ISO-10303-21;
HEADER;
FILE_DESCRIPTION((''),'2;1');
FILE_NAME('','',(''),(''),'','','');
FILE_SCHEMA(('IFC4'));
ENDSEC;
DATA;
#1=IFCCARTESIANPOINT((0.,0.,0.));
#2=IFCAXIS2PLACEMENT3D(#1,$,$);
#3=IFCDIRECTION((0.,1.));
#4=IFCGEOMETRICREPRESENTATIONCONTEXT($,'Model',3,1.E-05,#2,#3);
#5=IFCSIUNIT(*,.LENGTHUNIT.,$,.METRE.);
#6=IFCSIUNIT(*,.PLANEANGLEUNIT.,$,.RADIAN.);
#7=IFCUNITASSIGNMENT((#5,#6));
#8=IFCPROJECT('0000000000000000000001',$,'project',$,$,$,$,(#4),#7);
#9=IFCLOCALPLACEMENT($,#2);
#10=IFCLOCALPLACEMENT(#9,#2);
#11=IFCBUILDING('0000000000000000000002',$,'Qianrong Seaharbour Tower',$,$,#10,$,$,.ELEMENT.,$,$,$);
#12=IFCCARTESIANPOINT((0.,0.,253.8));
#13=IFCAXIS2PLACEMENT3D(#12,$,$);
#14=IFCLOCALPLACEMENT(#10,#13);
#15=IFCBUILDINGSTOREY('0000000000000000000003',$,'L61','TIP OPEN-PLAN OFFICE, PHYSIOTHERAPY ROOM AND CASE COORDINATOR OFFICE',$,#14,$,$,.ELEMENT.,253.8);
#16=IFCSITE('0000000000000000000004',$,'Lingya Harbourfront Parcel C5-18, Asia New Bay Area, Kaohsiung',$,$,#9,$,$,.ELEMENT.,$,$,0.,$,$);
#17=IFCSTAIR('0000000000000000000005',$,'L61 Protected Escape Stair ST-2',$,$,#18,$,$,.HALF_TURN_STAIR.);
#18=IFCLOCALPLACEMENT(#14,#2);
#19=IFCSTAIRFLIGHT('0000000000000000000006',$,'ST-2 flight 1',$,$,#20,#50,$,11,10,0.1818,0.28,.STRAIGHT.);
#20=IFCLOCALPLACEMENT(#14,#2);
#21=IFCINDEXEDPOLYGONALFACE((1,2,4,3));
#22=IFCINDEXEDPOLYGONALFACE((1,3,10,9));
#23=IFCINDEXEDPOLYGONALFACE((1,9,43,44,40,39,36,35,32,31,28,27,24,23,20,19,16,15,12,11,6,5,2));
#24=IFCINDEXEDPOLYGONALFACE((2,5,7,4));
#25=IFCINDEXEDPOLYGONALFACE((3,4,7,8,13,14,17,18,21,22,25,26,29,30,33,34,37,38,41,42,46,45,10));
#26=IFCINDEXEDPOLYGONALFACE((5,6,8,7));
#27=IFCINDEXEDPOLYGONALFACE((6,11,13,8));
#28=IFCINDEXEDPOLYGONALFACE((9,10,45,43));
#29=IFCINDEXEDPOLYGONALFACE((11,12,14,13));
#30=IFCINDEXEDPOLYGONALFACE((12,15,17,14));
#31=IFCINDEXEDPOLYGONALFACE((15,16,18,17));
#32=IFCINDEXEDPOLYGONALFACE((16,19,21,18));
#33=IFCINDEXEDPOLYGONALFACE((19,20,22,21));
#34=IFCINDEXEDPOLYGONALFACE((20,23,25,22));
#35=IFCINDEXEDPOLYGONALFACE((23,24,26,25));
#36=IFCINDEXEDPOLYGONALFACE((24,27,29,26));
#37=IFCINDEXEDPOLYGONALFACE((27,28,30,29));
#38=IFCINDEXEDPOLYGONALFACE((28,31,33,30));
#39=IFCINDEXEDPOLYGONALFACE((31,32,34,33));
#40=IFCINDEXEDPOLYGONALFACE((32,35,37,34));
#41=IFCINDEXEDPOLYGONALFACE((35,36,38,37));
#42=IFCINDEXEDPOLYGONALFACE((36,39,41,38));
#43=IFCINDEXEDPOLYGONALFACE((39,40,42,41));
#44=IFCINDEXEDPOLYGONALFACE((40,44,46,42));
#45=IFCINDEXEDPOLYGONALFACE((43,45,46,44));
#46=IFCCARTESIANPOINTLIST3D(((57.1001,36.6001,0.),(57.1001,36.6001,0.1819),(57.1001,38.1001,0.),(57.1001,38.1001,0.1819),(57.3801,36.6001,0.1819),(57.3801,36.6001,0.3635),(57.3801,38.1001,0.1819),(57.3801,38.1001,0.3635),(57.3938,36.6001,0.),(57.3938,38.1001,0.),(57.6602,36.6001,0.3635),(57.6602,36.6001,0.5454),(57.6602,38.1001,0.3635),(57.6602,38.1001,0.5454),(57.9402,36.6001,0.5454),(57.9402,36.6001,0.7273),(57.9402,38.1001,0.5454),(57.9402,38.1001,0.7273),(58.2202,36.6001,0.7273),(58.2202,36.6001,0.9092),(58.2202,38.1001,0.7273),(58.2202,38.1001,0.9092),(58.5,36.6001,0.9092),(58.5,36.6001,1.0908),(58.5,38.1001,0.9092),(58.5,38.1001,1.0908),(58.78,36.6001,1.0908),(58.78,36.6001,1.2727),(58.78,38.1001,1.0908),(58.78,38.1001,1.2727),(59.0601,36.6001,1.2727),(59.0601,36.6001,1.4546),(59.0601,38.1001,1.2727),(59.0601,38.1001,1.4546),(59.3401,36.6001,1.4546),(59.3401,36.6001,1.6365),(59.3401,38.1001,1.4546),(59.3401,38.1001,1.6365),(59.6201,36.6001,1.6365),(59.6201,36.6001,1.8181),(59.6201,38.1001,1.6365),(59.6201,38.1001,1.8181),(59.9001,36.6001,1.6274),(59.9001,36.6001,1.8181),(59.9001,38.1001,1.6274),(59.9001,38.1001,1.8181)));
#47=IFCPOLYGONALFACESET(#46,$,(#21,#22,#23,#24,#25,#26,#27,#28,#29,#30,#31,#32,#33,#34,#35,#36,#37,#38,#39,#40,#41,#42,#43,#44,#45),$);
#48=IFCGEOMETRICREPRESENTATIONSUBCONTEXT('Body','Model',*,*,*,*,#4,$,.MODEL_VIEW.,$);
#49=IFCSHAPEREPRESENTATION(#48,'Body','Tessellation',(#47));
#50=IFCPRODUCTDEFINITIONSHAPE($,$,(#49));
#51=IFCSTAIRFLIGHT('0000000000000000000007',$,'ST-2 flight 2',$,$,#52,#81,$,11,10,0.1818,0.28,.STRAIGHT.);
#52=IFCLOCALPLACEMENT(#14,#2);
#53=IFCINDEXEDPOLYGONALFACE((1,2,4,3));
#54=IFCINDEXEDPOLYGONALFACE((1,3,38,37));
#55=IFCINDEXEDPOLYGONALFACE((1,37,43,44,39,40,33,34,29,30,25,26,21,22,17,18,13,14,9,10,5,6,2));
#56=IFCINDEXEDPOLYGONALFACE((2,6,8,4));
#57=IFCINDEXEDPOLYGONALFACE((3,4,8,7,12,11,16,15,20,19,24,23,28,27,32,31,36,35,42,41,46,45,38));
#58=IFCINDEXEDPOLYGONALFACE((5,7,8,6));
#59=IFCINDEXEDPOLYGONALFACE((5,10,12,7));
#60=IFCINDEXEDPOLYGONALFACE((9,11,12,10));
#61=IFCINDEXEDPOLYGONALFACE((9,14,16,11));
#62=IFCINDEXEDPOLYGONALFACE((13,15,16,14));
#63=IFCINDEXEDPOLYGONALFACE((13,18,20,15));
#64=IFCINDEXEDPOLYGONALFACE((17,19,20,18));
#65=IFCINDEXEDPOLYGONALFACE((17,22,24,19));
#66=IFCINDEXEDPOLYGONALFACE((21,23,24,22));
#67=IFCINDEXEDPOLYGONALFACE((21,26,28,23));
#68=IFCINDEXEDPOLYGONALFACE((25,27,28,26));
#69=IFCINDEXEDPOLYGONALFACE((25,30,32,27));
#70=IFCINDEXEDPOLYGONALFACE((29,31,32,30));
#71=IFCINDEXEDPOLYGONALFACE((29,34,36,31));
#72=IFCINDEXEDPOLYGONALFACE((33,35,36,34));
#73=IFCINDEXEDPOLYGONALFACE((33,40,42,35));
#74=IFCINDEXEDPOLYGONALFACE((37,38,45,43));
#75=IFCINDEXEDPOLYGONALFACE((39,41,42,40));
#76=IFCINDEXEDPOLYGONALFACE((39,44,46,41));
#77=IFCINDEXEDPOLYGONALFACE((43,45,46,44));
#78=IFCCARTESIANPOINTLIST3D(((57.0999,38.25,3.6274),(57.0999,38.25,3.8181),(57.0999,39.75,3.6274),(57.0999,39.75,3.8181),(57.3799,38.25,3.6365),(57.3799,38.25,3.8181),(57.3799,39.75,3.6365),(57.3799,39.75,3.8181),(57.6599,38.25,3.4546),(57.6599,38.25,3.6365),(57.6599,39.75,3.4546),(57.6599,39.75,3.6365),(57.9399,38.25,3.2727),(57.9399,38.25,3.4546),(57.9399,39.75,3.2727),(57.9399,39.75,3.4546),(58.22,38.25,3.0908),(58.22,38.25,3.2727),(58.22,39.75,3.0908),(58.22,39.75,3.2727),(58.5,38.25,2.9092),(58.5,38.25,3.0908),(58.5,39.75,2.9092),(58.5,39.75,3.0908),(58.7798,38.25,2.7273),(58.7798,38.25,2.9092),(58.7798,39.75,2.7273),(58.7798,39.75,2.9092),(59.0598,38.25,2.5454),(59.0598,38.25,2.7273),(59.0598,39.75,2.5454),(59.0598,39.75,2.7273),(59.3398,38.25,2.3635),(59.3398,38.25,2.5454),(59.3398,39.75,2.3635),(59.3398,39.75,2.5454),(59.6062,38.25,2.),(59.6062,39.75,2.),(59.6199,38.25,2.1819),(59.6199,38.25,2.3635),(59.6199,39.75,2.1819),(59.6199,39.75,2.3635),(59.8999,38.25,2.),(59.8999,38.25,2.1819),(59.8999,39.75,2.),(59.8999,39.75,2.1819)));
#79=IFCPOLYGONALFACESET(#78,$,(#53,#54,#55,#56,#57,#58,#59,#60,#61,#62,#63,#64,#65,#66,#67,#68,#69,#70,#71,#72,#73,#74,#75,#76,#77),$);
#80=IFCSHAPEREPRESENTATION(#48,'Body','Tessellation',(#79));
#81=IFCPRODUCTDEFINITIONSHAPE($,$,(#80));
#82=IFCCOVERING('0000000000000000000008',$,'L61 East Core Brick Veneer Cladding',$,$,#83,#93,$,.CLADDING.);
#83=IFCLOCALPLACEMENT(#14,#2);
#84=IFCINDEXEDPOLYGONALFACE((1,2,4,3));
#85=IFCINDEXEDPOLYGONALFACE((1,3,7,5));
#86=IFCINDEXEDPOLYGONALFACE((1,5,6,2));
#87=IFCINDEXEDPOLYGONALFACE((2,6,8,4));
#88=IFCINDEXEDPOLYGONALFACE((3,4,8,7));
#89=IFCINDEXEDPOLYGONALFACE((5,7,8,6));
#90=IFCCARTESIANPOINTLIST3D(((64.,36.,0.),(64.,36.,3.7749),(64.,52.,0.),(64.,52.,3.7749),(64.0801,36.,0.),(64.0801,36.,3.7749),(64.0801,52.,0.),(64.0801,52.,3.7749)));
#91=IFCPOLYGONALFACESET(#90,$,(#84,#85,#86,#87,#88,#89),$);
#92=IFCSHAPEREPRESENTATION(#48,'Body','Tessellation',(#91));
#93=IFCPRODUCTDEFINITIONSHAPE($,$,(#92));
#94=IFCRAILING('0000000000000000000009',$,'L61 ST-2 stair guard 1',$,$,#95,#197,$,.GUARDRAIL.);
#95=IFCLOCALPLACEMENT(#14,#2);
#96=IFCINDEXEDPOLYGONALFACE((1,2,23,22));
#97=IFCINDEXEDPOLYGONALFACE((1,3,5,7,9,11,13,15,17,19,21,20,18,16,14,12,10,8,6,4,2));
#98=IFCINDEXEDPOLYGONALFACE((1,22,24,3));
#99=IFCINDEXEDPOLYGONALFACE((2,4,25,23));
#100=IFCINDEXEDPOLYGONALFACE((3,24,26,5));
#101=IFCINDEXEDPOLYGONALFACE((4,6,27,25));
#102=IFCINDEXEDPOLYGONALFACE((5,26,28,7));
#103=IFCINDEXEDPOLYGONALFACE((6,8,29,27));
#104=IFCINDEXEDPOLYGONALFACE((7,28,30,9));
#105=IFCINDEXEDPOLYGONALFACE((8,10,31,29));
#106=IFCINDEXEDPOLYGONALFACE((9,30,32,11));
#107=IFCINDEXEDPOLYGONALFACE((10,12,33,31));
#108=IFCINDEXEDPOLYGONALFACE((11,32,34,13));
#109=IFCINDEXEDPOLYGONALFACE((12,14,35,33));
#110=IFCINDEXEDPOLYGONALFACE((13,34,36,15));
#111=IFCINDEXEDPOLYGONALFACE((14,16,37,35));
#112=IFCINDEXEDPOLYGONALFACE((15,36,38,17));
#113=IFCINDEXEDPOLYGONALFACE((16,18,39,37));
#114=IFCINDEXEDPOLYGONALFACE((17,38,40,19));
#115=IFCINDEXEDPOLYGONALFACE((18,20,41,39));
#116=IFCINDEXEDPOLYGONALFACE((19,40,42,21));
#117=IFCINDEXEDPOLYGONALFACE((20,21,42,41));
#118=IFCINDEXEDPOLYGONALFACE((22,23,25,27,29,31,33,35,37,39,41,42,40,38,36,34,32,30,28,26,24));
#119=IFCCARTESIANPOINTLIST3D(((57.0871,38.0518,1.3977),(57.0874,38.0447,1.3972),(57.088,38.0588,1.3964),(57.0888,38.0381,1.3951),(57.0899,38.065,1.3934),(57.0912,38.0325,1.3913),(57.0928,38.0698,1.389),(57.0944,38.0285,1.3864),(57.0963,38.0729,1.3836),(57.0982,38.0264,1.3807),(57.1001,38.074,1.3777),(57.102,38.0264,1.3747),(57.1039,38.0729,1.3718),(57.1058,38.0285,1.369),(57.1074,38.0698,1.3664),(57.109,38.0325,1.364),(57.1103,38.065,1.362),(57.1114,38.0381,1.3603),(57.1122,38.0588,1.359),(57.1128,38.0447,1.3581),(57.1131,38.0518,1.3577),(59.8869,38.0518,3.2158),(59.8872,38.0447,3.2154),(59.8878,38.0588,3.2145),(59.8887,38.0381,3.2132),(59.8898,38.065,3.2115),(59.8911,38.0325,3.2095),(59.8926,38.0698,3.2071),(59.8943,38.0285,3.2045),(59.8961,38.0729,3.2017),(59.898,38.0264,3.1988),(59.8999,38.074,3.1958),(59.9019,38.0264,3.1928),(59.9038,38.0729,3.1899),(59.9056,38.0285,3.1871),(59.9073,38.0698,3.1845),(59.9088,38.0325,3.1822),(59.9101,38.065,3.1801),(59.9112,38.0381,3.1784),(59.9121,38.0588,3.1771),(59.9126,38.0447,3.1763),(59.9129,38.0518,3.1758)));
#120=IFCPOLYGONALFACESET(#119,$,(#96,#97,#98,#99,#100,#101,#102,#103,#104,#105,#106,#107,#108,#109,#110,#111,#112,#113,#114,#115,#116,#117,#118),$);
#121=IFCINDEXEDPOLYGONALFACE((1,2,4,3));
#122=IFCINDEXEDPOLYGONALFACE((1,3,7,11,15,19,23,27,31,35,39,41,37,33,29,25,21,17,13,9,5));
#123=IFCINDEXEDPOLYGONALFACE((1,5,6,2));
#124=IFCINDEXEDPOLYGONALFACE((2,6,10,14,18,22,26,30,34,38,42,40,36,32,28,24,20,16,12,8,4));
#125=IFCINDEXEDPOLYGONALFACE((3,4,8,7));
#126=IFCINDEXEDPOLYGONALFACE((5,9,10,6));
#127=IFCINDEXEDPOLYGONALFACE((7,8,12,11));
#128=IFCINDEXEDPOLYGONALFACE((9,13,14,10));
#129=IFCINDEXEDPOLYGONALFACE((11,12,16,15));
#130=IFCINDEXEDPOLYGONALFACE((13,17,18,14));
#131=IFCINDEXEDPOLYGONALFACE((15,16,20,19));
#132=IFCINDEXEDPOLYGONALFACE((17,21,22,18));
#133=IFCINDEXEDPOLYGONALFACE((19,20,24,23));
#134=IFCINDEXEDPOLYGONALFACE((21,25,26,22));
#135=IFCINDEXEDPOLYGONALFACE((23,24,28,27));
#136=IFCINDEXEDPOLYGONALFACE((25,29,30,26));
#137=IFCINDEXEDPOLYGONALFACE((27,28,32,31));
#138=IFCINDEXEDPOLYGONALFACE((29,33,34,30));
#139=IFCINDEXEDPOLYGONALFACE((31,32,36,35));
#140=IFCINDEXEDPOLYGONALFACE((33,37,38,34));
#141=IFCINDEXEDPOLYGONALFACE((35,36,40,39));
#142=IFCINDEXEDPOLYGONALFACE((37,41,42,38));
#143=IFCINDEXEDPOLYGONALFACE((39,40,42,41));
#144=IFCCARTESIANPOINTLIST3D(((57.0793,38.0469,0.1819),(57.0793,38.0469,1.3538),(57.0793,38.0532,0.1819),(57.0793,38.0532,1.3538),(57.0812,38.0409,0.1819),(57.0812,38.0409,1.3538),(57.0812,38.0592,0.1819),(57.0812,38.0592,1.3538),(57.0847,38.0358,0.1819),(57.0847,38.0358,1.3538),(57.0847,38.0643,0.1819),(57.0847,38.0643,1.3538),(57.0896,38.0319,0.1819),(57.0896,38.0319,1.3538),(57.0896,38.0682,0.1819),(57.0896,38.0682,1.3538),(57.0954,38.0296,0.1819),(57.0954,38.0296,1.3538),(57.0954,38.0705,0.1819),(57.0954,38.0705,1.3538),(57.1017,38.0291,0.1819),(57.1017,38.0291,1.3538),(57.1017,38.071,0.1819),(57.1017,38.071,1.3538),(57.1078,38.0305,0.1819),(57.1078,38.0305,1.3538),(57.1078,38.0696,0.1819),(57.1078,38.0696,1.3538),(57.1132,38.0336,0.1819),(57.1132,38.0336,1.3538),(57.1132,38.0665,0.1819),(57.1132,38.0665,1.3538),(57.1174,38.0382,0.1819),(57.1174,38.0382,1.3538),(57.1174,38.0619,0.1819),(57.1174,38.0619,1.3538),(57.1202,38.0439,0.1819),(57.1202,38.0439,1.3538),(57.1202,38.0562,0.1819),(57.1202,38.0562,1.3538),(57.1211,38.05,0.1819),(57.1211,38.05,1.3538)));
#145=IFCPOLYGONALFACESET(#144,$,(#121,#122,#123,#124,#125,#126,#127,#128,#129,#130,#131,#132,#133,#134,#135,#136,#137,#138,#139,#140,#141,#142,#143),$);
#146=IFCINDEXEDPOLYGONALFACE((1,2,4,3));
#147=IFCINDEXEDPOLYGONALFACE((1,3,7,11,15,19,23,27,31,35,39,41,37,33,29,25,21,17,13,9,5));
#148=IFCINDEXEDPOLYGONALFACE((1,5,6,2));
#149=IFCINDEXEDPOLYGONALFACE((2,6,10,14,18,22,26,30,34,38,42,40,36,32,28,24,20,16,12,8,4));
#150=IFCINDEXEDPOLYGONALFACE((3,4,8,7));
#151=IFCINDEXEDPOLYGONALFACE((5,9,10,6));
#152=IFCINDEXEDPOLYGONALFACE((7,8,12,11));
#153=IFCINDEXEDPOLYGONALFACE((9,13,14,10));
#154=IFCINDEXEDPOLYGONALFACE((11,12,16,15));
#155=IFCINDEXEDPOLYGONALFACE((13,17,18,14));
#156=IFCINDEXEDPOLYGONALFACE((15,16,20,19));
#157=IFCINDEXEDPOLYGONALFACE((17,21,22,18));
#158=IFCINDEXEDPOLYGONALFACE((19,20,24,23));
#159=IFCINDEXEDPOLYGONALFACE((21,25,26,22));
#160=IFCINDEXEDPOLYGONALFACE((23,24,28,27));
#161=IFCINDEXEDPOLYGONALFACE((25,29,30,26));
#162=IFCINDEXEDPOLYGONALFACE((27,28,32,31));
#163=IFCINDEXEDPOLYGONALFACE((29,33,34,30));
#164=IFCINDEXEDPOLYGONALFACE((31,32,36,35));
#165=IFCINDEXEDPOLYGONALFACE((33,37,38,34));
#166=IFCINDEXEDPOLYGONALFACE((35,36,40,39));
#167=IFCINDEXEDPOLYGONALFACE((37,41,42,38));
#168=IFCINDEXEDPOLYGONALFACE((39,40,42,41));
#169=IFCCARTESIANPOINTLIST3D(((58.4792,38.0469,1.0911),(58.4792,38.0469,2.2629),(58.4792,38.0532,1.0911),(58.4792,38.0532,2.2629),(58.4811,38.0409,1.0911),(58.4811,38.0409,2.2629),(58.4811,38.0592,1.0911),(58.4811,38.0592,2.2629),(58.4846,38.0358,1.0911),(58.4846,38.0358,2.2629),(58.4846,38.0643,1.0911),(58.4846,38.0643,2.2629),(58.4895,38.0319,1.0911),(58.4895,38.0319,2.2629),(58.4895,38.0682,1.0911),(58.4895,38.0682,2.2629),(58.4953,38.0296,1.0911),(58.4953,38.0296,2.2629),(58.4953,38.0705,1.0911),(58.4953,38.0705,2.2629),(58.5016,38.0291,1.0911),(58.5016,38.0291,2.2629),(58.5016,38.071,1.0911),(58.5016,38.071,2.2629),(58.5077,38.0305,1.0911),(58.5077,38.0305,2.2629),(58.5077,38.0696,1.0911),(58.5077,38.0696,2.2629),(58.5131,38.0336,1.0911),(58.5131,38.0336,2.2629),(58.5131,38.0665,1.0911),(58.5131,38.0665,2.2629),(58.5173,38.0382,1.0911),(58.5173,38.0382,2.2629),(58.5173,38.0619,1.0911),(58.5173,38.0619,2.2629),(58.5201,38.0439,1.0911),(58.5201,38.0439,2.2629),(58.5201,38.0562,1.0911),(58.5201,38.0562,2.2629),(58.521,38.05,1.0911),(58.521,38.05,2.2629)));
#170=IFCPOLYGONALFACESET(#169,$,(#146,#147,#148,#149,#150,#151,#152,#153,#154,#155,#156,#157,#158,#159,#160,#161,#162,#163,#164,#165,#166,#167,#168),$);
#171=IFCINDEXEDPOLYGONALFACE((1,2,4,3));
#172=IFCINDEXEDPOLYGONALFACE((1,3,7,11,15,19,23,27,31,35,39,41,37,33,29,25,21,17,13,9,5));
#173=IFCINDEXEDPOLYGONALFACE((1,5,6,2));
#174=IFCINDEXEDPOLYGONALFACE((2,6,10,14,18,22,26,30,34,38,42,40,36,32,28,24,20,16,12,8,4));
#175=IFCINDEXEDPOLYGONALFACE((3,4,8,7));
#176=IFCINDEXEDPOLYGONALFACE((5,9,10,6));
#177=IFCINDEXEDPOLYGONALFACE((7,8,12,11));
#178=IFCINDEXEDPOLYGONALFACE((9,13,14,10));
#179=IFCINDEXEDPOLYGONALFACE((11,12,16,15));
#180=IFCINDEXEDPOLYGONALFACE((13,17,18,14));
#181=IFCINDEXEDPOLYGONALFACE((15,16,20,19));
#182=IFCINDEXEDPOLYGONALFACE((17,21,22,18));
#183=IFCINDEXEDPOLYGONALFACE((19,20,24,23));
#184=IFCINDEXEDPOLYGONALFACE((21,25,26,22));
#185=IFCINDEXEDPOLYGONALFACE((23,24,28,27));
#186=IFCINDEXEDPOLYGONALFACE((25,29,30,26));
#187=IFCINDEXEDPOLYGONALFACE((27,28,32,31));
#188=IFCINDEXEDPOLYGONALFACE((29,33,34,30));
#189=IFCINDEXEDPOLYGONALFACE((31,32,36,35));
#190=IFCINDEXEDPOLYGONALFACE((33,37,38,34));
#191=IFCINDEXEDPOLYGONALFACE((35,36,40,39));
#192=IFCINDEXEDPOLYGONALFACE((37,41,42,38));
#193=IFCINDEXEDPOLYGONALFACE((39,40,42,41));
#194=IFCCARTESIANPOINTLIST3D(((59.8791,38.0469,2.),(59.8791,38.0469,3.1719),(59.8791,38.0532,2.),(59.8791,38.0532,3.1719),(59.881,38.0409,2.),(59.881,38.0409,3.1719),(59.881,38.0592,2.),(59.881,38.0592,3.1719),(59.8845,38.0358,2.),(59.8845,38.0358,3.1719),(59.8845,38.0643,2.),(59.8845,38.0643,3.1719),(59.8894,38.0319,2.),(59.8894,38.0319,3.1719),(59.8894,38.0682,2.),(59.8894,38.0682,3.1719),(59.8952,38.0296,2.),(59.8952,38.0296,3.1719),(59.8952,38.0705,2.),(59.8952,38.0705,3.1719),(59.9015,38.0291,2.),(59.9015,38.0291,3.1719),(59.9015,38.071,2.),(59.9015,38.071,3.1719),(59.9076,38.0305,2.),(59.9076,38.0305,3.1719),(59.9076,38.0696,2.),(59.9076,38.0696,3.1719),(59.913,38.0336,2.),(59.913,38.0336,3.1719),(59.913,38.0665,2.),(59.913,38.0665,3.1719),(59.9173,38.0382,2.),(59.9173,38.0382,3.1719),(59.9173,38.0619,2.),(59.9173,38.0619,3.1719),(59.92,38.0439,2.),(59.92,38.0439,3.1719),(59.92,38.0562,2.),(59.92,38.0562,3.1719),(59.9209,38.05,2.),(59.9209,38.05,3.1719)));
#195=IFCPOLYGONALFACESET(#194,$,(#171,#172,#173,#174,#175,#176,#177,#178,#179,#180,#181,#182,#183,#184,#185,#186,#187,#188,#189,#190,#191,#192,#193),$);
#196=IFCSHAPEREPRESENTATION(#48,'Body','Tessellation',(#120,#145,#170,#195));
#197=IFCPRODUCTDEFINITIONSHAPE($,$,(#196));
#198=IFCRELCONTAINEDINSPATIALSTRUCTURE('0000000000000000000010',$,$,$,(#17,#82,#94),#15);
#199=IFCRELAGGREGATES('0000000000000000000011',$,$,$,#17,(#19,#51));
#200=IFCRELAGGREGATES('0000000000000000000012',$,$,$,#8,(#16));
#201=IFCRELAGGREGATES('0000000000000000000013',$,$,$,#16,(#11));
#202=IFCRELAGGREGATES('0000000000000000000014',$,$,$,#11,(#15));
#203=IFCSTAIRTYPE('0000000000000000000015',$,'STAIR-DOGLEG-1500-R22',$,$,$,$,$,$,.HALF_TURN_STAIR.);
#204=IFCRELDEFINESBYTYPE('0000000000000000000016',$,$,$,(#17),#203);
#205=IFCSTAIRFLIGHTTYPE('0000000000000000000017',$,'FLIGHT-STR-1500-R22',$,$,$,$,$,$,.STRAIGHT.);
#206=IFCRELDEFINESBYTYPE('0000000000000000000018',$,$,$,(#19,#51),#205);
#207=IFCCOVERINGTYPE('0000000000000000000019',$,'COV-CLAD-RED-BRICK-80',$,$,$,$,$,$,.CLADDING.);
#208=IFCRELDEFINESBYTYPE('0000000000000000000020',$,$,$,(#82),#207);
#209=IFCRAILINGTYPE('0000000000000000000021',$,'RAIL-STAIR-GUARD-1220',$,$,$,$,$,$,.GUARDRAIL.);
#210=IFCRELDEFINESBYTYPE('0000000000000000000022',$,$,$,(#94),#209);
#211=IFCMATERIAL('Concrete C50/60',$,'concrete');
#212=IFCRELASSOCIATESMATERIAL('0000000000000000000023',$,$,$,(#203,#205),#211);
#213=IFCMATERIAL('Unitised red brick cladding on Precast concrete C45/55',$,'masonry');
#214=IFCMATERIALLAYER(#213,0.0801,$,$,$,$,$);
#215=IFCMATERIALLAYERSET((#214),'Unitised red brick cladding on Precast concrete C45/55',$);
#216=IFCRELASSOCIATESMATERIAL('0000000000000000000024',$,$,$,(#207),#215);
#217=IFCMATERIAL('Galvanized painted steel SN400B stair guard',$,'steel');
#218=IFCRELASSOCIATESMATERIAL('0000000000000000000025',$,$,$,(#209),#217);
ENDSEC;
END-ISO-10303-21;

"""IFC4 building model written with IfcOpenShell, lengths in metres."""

from ifc_helpers import new_model, si_unit, direction, frame, origin, origin_2d, place, context, subcontext, project, spatial, polyline, rectangle, circle, outline, extrude, material, layer, layer_set, type_object, element, aggregate, save


model = new_model("IFC4")

# Units and contexts
model_context = context("Model", 3, precision=1e-05, world=origin(), true_north=direction((0.0, 1.0)))
body_context = subcontext(model_context, "Body", "Model", "MODEL_VIEW")
ifc_project = project(units=[si_unit("LENGTHUNIT", "METRE"), si_unit("PLANEANGLEUNIT", "RADIAN")], contexts=[model_context])

# Site, building, storey
site_placement = place(None, origin())
site = spatial("IfcSite", under=ifc_project, at=site_placement, Name="Lingya Harbourfront Parcel C5-18, Asia New Bay Area, Kaohsiung", CompositionType="ELEMENT", RefElevation=0.0)
building_placement = place(site_placement, origin())
building = spatial("IfcBuilding", under=site, at=building_placement, Name="Qianrong Seaharbour Tower", CompositionType="ELEMENT")
storey_placement = place(building_placement, frame((0.0, 0.0, 253.8)))
storey = spatial("IfcBuildingStorey", under=building, at=storey_placement, Name="L61", Description="TIP OPEN-PLAN OFFICE, PHYSIOTHERAPY ROOM AND CASE COORDINATOR OFFICE", CompositionType="ELEMENT", Elevation=253.8)

# Shared definitions
ifc_material_1 = material(Name="Concrete C50/60", Category="concrete")

# Stair, stair flights
stair_type = type_object("IfcStairType", Name="STAIR-DOGLEG-1500-R22", PredefinedType="HALF_TURN_STAIR", material=ifc_material_1)
stair_placement = place(storey_placement, origin())
stair = element("IfcStair", 1, at=stair_placement, inside=storey, type_object=stair_type, Name="L61 Protected Escape Stair ST-2", PredefinedType="HALF_TURN_STAIR")
stair_flight_type = type_object("IfcStairFlightType", Name="FLIGHT-STR-1500-R22", PredefinedType="STRAIGHT", material=ifc_material_1)
stair_flight_1_placement = place(storey_placement, frame((57.1001, 37.3501, 0.0), z_axis=(0.0, 0.0, 1.0), x_axis=(1.0, 0.0, 0.0)))
stair_flight_1 = element("IfcStairFlight", 2, at=stair_flight_1_placement, type_object=stair_flight_type, Name="ST-2 flight 1", NumberOfRisers=11, NumberOfTreads=10, PredefinedType="STRAIGHT", RiserHeight=0.1818, TreadLength=0.28, context=body_context, shape_type="SweptSolid", body=[
    extrude(outline(polyline([(0.0, 0.0), (0.0, 0.1819), (0.28, 0.1819), (0.28, 0.3635), (0.5601, 0.3635), (0.5601, 0.5454), (0.8401, 0.5454), (0.8401, 0.7273), (1.1201, 0.7273), (1.1201, 0.9092), (1.3999, 0.9092), (1.3999, 1.0908), (1.6799, 1.0908), (1.6799, 1.2727), (1.96, 1.2727), (1.96, 1.4546), (2.24, 1.4546), (2.24, 1.6365), (2.52, 1.6365), (2.52, 1.8181), (2.8, 1.8181), (2.8, 2.0), (2.8, 1.6274), (0.2937, 0.0), (0.0, 0.0)])), frame((0.0, 0.75, 0.0), z_axis=(0.0, -1.0, 0.0), x_axis=(1.0, 0.0, 0.0)), (0.0, 0.0, 1.0), 1.5),
])
stair_flight_2_placement = place(storey_placement, frame((59.8999, 39.0, 2.0), z_axis=(0.0, 0.0, 1.0), x_axis=(-1.0, 0.0, 0.0)))
stair_flight_2 = element("IfcStairFlight", 3, at=stair_flight_2_placement, type_object=stair_flight_type, Name="ST-2 flight 2", NumberOfRisers=11, NumberOfTreads=10, PredefinedType="STRAIGHT", RiserHeight=0.1818, TreadLength=0.28, context=body_context, shape_type="SweptSolid", body=[
    extrude(outline(polyline([(0.0, 0.0), (0.0, 0.1819), (0.28, 0.1819), (0.28, 0.3635), (0.5601, 0.3635), (0.5601, 0.5454), (0.8401, 0.5454), (0.8401, 0.7273), (1.1201, 0.7273), (1.1201, 0.9092), (1.3999, 0.9092), (1.3999, 1.0908), (1.6799, 1.0908), (1.6799, 1.2727), (1.96, 1.2727), (1.96, 1.4546), (2.24, 1.4546), (2.24, 1.6365), (2.52, 1.6365), (2.52, 1.8181), (2.8, 1.8181), (2.8, 2.0), (2.8, 1.6274), (0.2937, 0.0), (0.0, 0.0)])), frame((0.0, 0.75, 0.0), z_axis=(0.0, -1.0, 0.0), x_axis=(1.0, 0.0, 0.0)), (0.0, 0.0, 1.0), 1.5),
])
aggregate(stair, [stair_flight_1, stair_flight_2])

# Covering
ifc_material_2 = material(Name="Unitised red brick cladding on Precast concrete C45/55", Category="masonry")
ifc_layer_1 = layer(ifc_material_2, 0.0801)
ifc_layer_set_1 = layer_set([ifc_layer_1], Name="Unitised red brick cladding on Precast concrete C45/55")
covering_type = type_object("IfcCoveringType", Name="COV-CLAD-RED-BRICK-80", PredefinedType="CLADDING", material=ifc_layer_set_1)
covering_placement = place(storey_placement, frame((64.04, 44.0, 0.0), z_axis=(0.0, 0.0, 1.0), x_axis=(1.0, 0.0, 0.0)))
element("IfcCovering", 4, at=covering_placement, inside=storey, type_object=covering_type, Name="L61 East Core Brick Veneer Cladding", PredefinedType="CLADDING", context=body_context, shape_type="SweptSolid", body=[
    extrude(rectangle(XDim=0.0801, YDim=16.0, at=origin_2d()), origin(), (0.0, 0.0, 1.0), 3.7749),
])

# Railing
ifc_material_3 = material(Name="Galvanized painted steel SN400B stair guard", Category="steel")
railing_type_1 = type_object("IfcRailingType", Name="RAIL-STAIR-GUARD-1220", PredefinedType="GUARDRAIL", material=ifc_material_3)
railing_1_placement = place(storey_placement, frame((57.1001, 38.05, 0.1819)))
element("IfcRailing", 5, at=railing_1_placement, inside=storey, type_object=railing_type_1, Name="L61 ST-2 stair guard 1", PredefinedType="GUARDRAIL", context=body_context, shape_type="SweptSolid", body=[
    extrude(circle(Radius=0.0239, at=origin_2d()), frame((0.0, 0.0, 1.1958), z_axis=(0.838684, 0.0, 0.544618), x_axis=(0.0, 1.0, 0.0)), (0.0, 0.0, 1.0), 3.3384),
    extrude(circle(Radius=0.021, at=origin_2d()), origin(), (0.0, 0.0, 1.0), 1.1719),
    extrude(circle(Radius=0.021, at=origin_2d()), frame((1.3999, 0.0, 0.9092)), (0.0, 0.0, 1.0), 1.1719),
    extrude(circle(Radius=0.021, at=origin_2d()), frame((2.7998, 0.0, 1.8181)), (0.0, 0.0, 1.0), 1.1719),
])

save(model, "model.ifc")
